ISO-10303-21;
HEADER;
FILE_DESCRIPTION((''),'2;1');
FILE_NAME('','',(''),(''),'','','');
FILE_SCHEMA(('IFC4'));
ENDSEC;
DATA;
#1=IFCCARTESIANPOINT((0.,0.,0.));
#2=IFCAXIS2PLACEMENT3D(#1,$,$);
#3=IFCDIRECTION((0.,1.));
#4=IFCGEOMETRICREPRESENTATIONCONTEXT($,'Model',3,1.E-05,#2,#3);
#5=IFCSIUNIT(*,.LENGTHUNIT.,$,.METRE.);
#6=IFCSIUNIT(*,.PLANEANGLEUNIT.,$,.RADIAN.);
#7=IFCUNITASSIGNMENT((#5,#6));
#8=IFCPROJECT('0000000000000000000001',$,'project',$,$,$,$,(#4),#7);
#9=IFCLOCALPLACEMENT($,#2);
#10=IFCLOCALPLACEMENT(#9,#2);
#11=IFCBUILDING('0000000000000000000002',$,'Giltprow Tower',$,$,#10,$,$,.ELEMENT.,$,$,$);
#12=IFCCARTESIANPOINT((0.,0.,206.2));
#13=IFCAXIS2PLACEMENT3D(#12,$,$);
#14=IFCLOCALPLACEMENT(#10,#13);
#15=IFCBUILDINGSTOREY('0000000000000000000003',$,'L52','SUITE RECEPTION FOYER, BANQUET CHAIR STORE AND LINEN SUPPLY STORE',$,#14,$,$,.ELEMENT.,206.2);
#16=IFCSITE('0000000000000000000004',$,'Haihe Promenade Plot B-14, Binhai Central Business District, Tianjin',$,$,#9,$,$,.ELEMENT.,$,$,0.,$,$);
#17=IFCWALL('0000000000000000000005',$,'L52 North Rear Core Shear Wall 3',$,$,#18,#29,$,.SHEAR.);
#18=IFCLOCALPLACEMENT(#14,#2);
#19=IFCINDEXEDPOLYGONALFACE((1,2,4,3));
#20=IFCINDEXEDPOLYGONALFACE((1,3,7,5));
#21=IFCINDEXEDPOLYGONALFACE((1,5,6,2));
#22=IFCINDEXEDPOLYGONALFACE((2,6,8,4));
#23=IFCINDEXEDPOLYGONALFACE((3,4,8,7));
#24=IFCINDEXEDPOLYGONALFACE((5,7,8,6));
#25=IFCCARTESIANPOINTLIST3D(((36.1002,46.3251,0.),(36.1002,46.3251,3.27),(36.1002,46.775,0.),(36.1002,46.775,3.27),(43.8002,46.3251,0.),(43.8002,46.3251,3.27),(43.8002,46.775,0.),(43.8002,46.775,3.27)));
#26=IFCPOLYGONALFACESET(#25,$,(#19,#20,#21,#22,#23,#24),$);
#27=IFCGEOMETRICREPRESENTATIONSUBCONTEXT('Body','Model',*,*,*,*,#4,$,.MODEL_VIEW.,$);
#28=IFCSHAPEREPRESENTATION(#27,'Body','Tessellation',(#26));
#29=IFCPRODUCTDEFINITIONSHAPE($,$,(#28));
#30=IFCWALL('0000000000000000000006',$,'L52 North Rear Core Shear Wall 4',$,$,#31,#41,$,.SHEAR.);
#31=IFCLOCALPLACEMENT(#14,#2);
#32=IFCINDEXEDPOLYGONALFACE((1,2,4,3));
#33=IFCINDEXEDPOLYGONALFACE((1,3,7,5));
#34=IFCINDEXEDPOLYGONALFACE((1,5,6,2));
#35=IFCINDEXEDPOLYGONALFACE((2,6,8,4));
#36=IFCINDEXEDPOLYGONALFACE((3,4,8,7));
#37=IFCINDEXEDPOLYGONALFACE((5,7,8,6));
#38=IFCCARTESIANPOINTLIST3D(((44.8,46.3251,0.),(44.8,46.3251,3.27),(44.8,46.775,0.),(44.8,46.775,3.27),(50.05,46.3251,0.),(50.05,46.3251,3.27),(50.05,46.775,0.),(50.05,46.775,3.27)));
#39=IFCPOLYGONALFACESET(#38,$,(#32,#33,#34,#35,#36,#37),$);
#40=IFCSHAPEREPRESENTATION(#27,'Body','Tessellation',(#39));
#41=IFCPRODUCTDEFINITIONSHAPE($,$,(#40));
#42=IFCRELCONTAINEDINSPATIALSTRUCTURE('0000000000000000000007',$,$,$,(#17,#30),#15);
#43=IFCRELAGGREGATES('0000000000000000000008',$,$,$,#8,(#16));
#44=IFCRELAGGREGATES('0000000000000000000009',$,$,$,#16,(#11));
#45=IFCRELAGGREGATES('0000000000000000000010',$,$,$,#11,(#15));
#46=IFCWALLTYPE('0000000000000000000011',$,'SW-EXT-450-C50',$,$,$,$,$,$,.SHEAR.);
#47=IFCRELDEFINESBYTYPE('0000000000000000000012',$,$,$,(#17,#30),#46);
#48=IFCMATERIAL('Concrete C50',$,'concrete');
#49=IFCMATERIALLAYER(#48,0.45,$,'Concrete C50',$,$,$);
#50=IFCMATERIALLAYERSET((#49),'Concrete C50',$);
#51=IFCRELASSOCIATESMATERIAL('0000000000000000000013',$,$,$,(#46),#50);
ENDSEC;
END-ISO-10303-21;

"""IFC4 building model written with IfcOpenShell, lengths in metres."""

from ifc_helpers import new_model, si_unit, direction, frame, frame_2d, origin, place, context, subcontext, project, spatial, rectangle, extrude, material, layer, layer_set, type_object, element, save


model = new_model("IFC4")

# Units and contexts
model_context = context("Model", 3, precision=1e-05, world=origin(), true_north=direction((0.0, 1.0)))
body_context = subcontext(model_context, "Body", "Model", "MODEL_VIEW")
ifc_project = project(units=[si_unit("LENGTHUNIT", "METRE"), si_unit("PLANEANGLEUNIT", "RADIAN")], contexts=[model_context])

# Site, building, storey
site_placement = place(None, origin())
site = spatial("IfcSite", under=ifc_project, at=site_placement, Name="Haihe Promenade Plot B-14, Binhai Central Business District, Tianjin", CompositionType="ELEMENT", RefElevation=0.0)
building_placement = place(site_placement, origin())
building = spatial("IfcBuilding", under=site, at=building_placement, Name="Giltprow Tower", CompositionType="ELEMENT")
storey_placement = place(building_placement, frame((0.0, 0.0, 206.2)))
storey = spatial("IfcBuildingStorey", under=building, at=storey_placement, Name="L52", Description="SUITE RECEPTION FOYER, BANQUET CHAIR STORE AND LINEN SUPPLY STORE", CompositionType="ELEMENT", Elevation=206.2)

# Shared definitions
ifc_material_1 = material(Name="Concrete C50", Category="concrete")

# Walls
ifc_layer_1 = layer(ifc_material_1, 0.45, Name="Concrete C50")
ifc_layer_set_1 = layer_set([ifc_layer_1], Name="Concrete C50")
wall_type_1 = type_object("IfcWallType", Name="SW-EXT-450-C50", PredefinedType="SHEAR", material=ifc_layer_set_1)
wall_1_placement = place(storey_placement, frame((36.1001, 46.55, 0.0), z_axis=(0.0, 0.0, 1.0), x_axis=(1.0, 0.0, 0.0)))
element("IfcWall", 1, at=wall_1_placement, inside=storey, type_object=wall_type_1, Name="L52 North Rear Core Shear Wall 3", PredefinedType="SHEAR", context=body_context, shape_type="SweptSolid", body=[
    extrude(rectangle(XDim=7.7, YDim=0.45, at=frame_2d((3.8501, 0.0))), origin(), (0.0, 0.0, 1.0), 3.27),
])
wall_2_placement = place(storey_placement, frame((44.8, 46.55, 0.0), z_axis=(0.0, 0.0, 1.0), x_axis=(1.0, 0.0, 0.0)))
element("IfcWall", 2, at=wall_2_placement, inside=storey, type_object=wall_type_1, Name="L52 North Rear Core Shear Wall 4", PredefinedType="SHEAR", context=body_context, shape_type="SweptSolid", body=[
    extrude(rectangle(XDim=5.25, YDim=0.45, at=frame_2d((2.625, 0.0))), origin(), (0.0, 0.0, 1.0), 3.27),
])

save(model, "model.ifc")
